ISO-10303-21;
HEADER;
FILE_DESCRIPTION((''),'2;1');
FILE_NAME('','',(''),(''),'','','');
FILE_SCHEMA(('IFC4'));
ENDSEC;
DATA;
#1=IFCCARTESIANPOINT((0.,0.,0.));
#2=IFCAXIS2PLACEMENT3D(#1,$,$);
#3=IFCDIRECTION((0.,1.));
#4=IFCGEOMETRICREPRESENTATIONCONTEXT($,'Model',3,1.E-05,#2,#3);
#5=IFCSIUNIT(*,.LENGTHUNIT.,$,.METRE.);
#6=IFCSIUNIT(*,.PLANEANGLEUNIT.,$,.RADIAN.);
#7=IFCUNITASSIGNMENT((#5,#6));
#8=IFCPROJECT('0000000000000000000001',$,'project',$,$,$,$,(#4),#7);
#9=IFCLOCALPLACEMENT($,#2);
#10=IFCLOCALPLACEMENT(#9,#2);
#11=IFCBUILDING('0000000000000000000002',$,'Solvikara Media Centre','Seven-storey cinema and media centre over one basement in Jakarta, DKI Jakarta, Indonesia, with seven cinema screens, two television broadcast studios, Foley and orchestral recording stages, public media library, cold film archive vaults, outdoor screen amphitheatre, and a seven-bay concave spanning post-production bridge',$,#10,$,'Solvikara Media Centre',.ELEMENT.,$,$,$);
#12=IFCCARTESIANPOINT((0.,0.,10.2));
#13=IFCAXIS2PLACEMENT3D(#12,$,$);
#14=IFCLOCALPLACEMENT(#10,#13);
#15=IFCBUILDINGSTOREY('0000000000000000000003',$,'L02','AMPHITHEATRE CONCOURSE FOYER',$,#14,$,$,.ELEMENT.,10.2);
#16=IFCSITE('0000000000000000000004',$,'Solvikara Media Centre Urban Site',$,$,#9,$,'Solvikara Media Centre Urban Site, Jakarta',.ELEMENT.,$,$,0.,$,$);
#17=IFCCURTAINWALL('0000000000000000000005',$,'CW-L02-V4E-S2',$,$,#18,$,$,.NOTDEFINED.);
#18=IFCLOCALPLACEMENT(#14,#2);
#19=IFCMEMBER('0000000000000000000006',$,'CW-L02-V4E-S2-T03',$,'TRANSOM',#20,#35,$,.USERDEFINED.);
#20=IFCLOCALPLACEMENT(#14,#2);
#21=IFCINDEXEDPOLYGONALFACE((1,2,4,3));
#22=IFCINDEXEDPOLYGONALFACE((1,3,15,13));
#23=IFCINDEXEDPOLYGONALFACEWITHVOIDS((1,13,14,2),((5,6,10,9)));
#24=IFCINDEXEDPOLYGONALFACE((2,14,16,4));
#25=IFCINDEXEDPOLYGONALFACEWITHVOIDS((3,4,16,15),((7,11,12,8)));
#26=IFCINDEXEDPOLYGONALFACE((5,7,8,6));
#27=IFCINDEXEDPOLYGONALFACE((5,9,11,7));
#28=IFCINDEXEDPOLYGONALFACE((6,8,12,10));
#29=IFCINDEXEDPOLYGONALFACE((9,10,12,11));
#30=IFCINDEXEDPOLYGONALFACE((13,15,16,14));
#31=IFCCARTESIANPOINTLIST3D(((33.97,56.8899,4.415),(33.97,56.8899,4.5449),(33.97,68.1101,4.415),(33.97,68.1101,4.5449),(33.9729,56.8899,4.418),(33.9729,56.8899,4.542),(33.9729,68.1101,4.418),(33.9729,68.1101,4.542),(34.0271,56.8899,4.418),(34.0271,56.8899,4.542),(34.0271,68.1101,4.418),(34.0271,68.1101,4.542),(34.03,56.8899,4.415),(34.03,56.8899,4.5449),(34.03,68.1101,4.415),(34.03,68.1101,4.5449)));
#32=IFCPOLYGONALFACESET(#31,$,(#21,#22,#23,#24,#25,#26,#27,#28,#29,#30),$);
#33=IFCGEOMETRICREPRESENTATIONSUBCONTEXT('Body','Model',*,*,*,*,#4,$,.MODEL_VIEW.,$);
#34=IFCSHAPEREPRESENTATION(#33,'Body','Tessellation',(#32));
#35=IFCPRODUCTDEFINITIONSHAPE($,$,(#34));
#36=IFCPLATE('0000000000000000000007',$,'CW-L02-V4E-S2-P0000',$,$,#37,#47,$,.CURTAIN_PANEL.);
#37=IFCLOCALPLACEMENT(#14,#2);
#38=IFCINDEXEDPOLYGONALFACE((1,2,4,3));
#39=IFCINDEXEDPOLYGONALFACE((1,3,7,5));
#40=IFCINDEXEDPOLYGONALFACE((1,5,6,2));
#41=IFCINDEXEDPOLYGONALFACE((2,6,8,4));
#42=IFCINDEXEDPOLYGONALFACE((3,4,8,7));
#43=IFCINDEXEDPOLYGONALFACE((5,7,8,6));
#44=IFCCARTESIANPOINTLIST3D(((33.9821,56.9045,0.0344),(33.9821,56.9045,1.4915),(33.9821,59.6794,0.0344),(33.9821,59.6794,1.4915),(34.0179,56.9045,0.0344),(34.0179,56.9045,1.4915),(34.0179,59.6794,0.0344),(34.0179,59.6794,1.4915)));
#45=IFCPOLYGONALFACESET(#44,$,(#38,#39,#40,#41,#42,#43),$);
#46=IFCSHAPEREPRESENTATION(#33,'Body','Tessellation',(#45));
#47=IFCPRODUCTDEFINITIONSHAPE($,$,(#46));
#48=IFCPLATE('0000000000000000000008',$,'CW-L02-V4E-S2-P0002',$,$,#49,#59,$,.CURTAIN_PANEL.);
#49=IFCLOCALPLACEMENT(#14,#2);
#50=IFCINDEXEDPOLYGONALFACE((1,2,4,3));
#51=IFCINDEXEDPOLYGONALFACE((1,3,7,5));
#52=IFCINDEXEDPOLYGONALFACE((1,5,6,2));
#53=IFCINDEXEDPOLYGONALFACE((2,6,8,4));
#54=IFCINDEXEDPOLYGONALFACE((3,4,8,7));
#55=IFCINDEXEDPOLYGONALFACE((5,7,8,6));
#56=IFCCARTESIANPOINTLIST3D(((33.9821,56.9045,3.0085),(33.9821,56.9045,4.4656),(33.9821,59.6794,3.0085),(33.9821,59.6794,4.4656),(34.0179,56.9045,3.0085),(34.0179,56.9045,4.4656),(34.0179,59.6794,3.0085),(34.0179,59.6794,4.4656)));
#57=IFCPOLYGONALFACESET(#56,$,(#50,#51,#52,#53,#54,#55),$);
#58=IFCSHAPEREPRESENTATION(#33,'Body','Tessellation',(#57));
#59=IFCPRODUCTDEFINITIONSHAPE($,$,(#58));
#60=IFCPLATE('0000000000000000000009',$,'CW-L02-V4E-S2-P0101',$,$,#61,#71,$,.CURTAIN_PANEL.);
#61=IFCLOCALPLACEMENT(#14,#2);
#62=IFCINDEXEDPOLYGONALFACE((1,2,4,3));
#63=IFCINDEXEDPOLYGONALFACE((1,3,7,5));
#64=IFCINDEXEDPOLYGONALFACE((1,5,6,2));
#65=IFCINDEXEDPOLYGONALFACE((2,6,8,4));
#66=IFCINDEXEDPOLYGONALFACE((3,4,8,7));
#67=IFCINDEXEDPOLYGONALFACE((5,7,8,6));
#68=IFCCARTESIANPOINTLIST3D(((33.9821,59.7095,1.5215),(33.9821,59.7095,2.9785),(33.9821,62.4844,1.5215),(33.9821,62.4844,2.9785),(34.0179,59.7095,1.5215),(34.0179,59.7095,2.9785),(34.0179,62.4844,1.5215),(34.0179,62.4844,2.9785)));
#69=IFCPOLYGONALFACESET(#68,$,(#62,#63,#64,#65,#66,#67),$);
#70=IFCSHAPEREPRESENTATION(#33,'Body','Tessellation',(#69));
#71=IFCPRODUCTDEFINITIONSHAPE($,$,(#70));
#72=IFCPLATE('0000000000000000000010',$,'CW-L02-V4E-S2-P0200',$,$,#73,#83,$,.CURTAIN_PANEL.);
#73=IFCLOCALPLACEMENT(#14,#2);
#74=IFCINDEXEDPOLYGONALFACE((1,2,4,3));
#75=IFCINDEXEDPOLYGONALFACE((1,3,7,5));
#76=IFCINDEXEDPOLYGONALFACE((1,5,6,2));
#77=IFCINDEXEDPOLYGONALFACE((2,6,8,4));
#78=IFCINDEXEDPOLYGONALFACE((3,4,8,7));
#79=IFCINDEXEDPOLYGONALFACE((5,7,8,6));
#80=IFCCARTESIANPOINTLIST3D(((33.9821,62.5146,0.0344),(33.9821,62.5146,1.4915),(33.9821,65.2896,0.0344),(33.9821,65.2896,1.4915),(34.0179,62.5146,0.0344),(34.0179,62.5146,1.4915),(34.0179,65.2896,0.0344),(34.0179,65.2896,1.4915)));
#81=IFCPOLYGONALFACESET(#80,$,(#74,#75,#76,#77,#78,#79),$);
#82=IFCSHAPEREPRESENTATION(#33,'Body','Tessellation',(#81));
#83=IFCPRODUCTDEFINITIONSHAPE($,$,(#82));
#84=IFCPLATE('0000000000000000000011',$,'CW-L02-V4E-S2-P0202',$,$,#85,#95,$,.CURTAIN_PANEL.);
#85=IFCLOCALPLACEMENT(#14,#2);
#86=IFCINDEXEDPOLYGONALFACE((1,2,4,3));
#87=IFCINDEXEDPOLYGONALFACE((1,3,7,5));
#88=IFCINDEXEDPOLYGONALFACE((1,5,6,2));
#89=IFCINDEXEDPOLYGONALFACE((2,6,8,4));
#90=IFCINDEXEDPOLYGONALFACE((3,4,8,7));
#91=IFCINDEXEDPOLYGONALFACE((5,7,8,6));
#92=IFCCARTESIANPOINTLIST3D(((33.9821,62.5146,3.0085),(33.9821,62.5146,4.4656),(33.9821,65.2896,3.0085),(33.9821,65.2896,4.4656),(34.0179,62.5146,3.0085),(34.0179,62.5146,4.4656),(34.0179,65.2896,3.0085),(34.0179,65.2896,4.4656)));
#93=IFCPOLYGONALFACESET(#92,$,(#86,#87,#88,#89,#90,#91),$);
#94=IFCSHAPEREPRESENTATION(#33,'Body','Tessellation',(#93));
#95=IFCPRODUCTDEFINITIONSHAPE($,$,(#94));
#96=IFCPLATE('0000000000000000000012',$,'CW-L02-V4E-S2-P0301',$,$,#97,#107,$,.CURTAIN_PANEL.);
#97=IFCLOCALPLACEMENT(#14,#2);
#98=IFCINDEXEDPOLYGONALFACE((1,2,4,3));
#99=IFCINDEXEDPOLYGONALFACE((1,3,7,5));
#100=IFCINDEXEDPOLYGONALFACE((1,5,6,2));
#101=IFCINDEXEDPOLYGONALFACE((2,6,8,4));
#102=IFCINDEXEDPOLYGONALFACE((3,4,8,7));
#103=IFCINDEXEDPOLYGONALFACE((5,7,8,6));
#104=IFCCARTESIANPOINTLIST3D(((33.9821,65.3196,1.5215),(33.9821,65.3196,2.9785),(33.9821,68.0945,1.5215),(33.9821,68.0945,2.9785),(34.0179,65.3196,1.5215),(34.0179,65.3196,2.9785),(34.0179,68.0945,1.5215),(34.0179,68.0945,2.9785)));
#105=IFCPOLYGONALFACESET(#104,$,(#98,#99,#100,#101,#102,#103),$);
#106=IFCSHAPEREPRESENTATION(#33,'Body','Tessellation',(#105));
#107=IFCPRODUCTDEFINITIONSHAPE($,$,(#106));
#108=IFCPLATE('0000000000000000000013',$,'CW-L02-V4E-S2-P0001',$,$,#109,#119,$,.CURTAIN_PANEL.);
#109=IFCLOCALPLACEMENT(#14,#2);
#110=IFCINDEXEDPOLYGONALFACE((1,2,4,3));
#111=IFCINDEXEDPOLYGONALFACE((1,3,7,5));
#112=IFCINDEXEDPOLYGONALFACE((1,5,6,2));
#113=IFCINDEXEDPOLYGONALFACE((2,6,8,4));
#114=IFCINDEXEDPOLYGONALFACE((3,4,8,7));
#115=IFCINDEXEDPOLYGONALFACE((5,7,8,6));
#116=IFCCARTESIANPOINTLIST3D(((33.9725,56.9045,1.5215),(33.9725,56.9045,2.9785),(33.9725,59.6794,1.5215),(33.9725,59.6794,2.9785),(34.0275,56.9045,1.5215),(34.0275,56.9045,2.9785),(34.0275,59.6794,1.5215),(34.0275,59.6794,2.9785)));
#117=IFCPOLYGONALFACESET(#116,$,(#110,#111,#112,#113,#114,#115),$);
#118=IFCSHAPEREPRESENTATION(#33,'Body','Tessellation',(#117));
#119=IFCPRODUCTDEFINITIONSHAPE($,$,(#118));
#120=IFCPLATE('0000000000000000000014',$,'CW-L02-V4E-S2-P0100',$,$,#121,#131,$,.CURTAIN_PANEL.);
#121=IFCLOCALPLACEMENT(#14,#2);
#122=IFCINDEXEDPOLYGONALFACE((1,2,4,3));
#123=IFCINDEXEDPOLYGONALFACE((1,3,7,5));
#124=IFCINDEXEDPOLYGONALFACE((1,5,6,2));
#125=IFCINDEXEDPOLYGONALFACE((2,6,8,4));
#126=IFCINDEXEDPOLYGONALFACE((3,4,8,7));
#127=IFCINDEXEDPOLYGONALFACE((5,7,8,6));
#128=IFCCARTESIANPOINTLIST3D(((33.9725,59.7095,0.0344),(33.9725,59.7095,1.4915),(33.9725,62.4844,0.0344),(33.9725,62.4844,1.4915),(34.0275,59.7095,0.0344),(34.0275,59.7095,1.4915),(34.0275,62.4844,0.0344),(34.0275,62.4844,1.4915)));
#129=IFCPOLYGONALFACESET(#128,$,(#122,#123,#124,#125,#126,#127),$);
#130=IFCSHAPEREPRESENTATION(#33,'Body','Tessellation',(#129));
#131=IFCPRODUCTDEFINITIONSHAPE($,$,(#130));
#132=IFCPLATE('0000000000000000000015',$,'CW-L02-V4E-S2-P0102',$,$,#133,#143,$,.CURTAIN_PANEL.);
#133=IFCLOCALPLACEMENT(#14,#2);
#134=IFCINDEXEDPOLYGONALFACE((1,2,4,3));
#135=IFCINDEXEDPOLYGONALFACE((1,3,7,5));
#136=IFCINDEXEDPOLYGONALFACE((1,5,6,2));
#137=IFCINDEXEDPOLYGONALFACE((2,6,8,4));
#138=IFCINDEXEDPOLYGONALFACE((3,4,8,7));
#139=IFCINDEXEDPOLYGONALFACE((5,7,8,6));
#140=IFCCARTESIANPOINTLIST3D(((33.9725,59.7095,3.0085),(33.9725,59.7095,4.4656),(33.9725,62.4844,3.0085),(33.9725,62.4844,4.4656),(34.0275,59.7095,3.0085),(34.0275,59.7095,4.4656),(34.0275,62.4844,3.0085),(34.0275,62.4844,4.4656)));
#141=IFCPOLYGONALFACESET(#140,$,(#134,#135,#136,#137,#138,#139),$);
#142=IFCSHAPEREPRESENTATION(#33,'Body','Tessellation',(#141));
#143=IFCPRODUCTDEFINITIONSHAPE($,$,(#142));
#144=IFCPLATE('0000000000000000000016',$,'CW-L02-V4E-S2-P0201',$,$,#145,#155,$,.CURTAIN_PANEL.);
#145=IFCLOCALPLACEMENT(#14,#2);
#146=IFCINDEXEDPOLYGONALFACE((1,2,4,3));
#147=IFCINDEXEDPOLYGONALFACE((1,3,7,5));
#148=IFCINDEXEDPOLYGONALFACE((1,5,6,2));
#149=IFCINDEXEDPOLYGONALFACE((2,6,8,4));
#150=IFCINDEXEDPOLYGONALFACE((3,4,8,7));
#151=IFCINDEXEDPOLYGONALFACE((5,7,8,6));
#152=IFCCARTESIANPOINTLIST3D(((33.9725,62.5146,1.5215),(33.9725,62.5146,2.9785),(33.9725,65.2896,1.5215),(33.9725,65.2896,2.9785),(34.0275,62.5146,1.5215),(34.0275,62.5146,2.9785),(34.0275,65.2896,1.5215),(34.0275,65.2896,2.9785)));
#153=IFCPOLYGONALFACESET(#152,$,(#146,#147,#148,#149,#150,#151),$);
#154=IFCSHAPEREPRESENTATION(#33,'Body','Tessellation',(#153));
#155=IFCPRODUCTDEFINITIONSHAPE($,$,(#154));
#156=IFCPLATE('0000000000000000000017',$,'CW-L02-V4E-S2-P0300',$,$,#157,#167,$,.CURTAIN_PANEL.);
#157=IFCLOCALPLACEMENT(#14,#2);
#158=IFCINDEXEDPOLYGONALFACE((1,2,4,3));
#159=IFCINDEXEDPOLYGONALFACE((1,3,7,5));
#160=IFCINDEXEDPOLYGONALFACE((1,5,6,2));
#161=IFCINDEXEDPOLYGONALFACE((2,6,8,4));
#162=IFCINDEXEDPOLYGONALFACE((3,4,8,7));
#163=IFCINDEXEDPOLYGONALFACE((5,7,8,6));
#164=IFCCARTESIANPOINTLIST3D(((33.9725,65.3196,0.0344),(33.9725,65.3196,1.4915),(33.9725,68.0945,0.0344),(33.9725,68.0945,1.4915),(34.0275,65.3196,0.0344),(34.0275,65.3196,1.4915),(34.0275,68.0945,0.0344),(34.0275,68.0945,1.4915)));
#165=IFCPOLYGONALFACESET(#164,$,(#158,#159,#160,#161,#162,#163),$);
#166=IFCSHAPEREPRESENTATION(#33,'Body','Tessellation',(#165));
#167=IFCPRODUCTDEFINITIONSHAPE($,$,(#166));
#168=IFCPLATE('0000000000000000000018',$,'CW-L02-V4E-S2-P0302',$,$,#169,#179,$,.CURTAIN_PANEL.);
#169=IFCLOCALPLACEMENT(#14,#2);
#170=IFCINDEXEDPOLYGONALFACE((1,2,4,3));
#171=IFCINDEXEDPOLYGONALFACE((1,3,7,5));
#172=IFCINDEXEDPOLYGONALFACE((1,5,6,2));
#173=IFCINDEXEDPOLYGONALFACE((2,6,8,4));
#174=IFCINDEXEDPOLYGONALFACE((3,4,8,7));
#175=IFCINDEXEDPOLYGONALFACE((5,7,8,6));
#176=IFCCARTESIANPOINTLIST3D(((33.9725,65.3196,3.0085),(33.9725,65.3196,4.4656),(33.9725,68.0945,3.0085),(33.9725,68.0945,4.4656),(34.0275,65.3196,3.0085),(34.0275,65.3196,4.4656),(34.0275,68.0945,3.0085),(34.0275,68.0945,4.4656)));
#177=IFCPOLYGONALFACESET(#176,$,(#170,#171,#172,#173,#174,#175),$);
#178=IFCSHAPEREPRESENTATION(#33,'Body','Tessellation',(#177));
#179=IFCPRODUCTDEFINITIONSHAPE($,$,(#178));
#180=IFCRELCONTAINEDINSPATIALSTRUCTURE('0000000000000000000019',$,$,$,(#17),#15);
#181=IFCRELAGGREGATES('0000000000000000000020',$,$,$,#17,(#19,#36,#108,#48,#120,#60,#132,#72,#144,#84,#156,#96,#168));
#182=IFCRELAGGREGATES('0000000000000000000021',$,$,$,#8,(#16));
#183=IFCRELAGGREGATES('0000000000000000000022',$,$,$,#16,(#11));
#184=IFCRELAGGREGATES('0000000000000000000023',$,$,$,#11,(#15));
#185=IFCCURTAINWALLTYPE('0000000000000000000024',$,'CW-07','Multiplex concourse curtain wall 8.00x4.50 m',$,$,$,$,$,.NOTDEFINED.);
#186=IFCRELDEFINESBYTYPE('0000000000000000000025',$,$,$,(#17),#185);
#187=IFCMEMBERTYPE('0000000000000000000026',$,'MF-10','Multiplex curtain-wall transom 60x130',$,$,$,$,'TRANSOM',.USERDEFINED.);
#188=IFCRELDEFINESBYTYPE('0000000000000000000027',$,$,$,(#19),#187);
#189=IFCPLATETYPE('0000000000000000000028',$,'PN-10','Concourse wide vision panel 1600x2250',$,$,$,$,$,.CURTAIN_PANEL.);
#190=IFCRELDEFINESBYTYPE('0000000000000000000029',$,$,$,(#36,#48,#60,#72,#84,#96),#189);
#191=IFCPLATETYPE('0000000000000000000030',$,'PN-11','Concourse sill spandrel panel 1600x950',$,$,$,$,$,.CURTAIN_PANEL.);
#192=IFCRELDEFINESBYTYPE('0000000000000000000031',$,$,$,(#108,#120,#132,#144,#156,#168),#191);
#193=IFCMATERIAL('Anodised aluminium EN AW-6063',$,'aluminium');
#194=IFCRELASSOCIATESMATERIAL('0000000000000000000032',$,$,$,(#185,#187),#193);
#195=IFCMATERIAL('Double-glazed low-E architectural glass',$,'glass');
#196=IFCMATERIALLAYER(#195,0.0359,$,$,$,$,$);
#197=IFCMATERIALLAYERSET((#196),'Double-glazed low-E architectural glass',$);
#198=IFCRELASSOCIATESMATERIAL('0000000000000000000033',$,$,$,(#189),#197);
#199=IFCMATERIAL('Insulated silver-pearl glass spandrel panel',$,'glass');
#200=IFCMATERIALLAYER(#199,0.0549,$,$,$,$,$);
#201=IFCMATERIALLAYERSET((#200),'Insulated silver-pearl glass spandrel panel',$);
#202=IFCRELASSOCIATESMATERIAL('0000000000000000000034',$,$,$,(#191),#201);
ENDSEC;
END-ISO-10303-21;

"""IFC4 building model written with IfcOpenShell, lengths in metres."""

from ifc_helpers import new_model, si_unit, direction, frame, origin, origin_2d, place, context, subcontext, project, spatial, rectangle, hollow_rectangle, extrude, material, layer, layer_set, material_profile, profile_set, type_object, element, aggregate, save


model = new_model("IFC4")

# Units and contexts
model_context = context("Model", 3, precision=1e-05, world=origin(), true_north=direction((0.0, 1.0)))
body_context = subcontext(model_context, "Body", "Model", "MODEL_VIEW")
ifc_project = project(units=[si_unit("LENGTHUNIT", "METRE"), si_unit("PLANEANGLEUNIT", "RADIAN")], contexts=[model_context])

# Site, building, storey
site_placement = place(None, origin())
site = spatial("IfcSite", under=ifc_project, at=site_placement, Name="Solvikara Media Centre Urban Site", LongName="Solvikara Media Centre Urban Site, Jakarta", CompositionType="ELEMENT", RefElevation=0.0)
building_placement = place(site_placement, origin())
building = spatial("IfcBuilding", under=site, at=building_placement, Name="Solvikara Media Centre", Description="Seven-storey cinema and media centre over one basement in Jakarta, DKI Jakarta, Indonesia, with seven cinema screens, two television broadcast studios, Foley and orchestral recording stages, public media library, cold film archive vaults, outdoor screen amphitheatre, and a seven-bay concave spanning post-production bridge", LongName="Solvikara Media Centre", CompositionType="ELEMENT")
storey_placement = place(building_placement, frame((0.0, 0.0, 10.2)))
storey = spatial("IfcBuildingStorey", under=building, at=storey_placement, Name="L02", Description="AMPHITHEATRE CONCOURSE FOYER", CompositionType="ELEMENT", Elevation=10.2)

# Curtain wall, member, plates
ifc_material_1 = material(Name="Anodised aluminium EN AW-6063", Category="aluminium")
curtain_wall_type = type_object("IfcCurtainWallType", Name="CW-07", Description="Multiplex concourse curtain wall 8.00x4.50 m", PredefinedType="NOTDEFINED", material=ifc_material_1)
curtain_wall_placement = place(storey_placement, origin())
curtain_wall = element("IfcCurtainWall", 1, at=curtain_wall_placement, inside=storey, type_object=curtain_wall_type, Name="CW-L02-V4E-S2", PredefinedType="NOTDEFINED")
ifc_material_profile_1 = material_profile(ifc_material_1, hollow_rectangle(XDim=0.0601, YDim=0.1299, WallThickness=0.0029, at=origin_2d()), Name="ALU-T 60x130x3")
ifc_profile_set_1 = profile_set([ifc_material_profile_1], Name="Anodised aluminium EN AW-6063")
member_type_1 = type_object("IfcMemberType", Name="MF-10", Description="Multiplex curtain-wall transom 60x130", ElementType="TRANSOM", PredefinedType="USERDEFINED", material=ifc_profile_set_1)
member_1_placement = place(storey_placement, frame((34.0, 56.8899, 4.48), z_axis=(0.0, 1.0, 0.0), x_axis=(-1.0, 0.0, 0.0)))
member_1 = element("IfcMember", 2, at=member_1_placement, type_object=member_type_1, Name="CW-L02-V4E-S2-T03", ObjectType="TRANSOM", PredefinedType="USERDEFINED", context=body_context, shape_type="SweptSolid", body=[
    extrude(hollow_rectangle(XDim=0.0601, YDim=0.1299, WallThickness=0.0029, at=origin_2d()), origin(), (0.0, 0.0, 1.0), 11.2202),
])
ifc_material_2 = material(Name="Double-glazed low-E architectural glass", Category="glass")
ifc_layer_1 = layer(ifc_material_2, 0.0359)
ifc_layer_set_1 = layer_set([ifc_layer_1], Name="Double-glazed low-E architectural glass")
plate_type_1 = type_object("IfcPlateType", Name="PN-10", Description="Concourse wide vision panel 1600x2250", PredefinedType="CURTAIN_PANEL", material=ifc_layer_set_1)
plate_1_placement = place(storey_placement, frame((34.0, 58.292, 0.0344), z_axis=(0.0, 0.0, 1.0), x_axis=(0.0, 1.0, 0.0)))
plate_1 = element("IfcPlate", 3, at=plate_1_placement, type_object=plate_type_1, Name="CW-L02-V4E-S2-P0000", PredefinedType="CURTAIN_PANEL", context=body_context, shape_type="SweptSolid", body=[
    extrude(rectangle(XDim=2.7749, YDim=0.0359, at=origin_2d()), origin(), (0.0, 0.0, 1.0), 1.457),
])
plate_2_placement = place(storey_placement, frame((34.0, 58.292, 3.0085), z_axis=(0.0, 0.0, 1.0), x_axis=(0.0, 1.0, 0.0)))
plate_2 = element("IfcPlate", 4, at=plate_2_placement, type_object=plate_type_1, Name="CW-L02-V4E-S2-P0002", PredefinedType="CURTAIN_PANEL", context=body_context, shape_type="SweptSolid", body=[
    extrude(rectangle(XDim=2.7749, YDim=0.0359, at=origin_2d()), origin(), (0.0, 0.0, 1.0), 1.457),
])
plate_3_placement = place(storey_placement, frame((34.0, 61.0969, 1.5215), z_axis=(0.0, 0.0, 1.0), x_axis=(0.0, 1.0, 0.0)))
plate_3 = element("IfcPlate", 5, at=plate_3_placement, type_object=plate_type_1, Name="CW-L02-V4E-S2-P0101", PredefinedType="CURTAIN_PANEL", context=body_context, shape_type="SweptSolid", body=[
    extrude(rectangle(XDim=2.7749, YDim=0.0359, at=origin_2d()), origin(), (0.0, 0.0, 1.0), 1.457),
])
plate_4_placement = place(storey_placement, frame((34.0, 63.9021, 0.0344), z_axis=(0.0, 0.0, 1.0), x_axis=(0.0, 1.0, 0.0)))
plate_4 = element("IfcPlate", 6, at=plate_4_placement, type_object=plate_type_1, Name="CW-L02-V4E-S2-P0200", PredefinedType="CURTAIN_PANEL", context=body_context, shape_type="SweptSolid", body=[
    extrude(rectangle(XDim=2.7749, YDim=0.0359, at=origin_2d()), origin(), (0.0, 0.0, 1.0), 1.457),
])
plate_5_placement = place(storey_placement, frame((34.0, 63.9021, 3.0085), z_axis=(0.0, 0.0, 1.0), x_axis=(0.0, 1.0, 0.0)))
plate_5 = element("IfcPlate", 7, at=plate_5_placement, type_object=plate_type_1, Name="CW-L02-V4E-S2-P0202", PredefinedType="CURTAIN_PANEL", context=body_context, shape_type="SweptSolid", body=[
    extrude(rectangle(XDim=2.7749, YDim=0.0359, at=origin_2d()), origin(), (0.0, 0.0, 1.0), 1.457),
])
plate_6_placement = place(storey_placement, frame((34.0, 66.707, 1.5215), z_axis=(0.0, 0.0, 1.0), x_axis=(0.0, 1.0, 0.0)))
plate_6 = element("IfcPlate", 8, at=plate_6_placement, type_object=plate_type_1, Name="CW-L02-V4E-S2-P0301", PredefinedType="CURTAIN_PANEL", context=body_context, shape_type="SweptSolid", body=[
    extrude(rectangle(XDim=2.7749, YDim=0.0359, at=origin_2d()), origin(), (0.0, 0.0, 1.0), 1.457),
])
ifc_material_3 = material(Name="Insulated silver-pearl glass spandrel panel", Category="glass")
ifc_layer_2 = layer(ifc_material_3, 0.0549)
ifc_layer_set_2 = layer_set([ifc_layer_2], Name="Insulated silver-pearl glass spandrel panel")
plate_type_2 = type_object("IfcPlateType", Name="PN-11", Description="Concourse sill spandrel panel 1600x950", PredefinedType="CURTAIN_PANEL", material=ifc_layer_set_2)
plate_7_placement = place(storey_placement, frame((34.0, 58.292, 1.5215), z_axis=(0.0, 0.0, 1.0), x_axis=(0.0, 1.0, 0.0)))
plate_7 = element("IfcPlate", 9, at=plate_7_placement, type_object=plate_type_2, Name="CW-L02-V4E-S2-P0001", PredefinedType="CURTAIN_PANEL", context=body_context, shape_type="SweptSolid", body=[
    extrude(rectangle(XDim=2.7749, YDim=0.0549, at=origin_2d()), origin(), (0.0, 0.0, 1.0), 1.457),
])
plate_8_placement = place(storey_placement, frame((34.0, 61.0969, 0.0344), z_axis=(0.0, 0.0, 1.0), x_axis=(0.0, 1.0, 0.0)))
plate_8 = element("IfcPlate", 10, at=plate_8_placement, type_object=plate_type_2, Name="CW-L02-V4E-S2-P0100", PredefinedType="CURTAIN_PANEL", context=body_context, shape_type="SweptSolid", body=[
    extrude(rectangle(XDim=2.7749, YDim=0.0549, at=origin_2d()), origin(), (0.0, 0.0, 1.0), 1.457),
])
plate_9_placement = place(storey_placement, frame((34.0, 61.0969, 3.0085), z_axis=(0.0, 0.0, 1.0), x_axis=(0.0, 1.0, 0.0)))
plate_9 = element("IfcPlate", 11, at=plate_9_placement, type_object=plate_type_2, Name="CW-L02-V4E-S2-P0102", PredefinedType="CURTAIN_PANEL", context=body_context, shape_type="SweptSolid", body=[
    extrude(rectangle(XDim=2.7749, YDim=0.0549, at=origin_2d()), origin(), (0.0, 0.0, 1.0), 1.457),
])
plate_10_placement = place(storey_placement, frame((34.0, 63.9021, 1.5215), z_axis=(0.0, 0.0, 1.0), x_axis=(0.0, 1.0, 0.0)))
plate_10 = element("IfcPlate", 12, at=plate_10_placement, type_object=plate_type_2, Name="CW-L02-V4E-S2-P0201", PredefinedType="CURTAIN_PANEL", context=body_context, shape_type="SweptSolid", body=[
    extrude(rectangle(XDim=2.7749, YDim=0.0549, at=origin_2d()), origin(), (0.0, 0.0, 1.0), 1.457),
])
plate_11_placement = place(storey_placement, frame((34.0, 66.707, 0.0344), z_axis=(0.0, 0.0, 1.0), x_axis=(0.0, 1.0, 0.0)))
plate_11 = element("IfcPlate", 13, at=plate_11_placement, type_object=plate_type_2, Name="CW-L02-V4E-S2-P0300", PredefinedType="CURTAIN_PANEL", context=body_context, shape_type="SweptSolid", body=[
    extrude(rectangle(XDim=2.7749, YDim=0.0549, at=origin_2d()), origin(), (0.0, 0.0, 1.0), 1.457),
])
plate_12_placement = place(storey_placement, frame((34.0, 66.707, 3.0085), z_axis=(0.0, 0.0, 1.0), x_axis=(0.0, 1.0, 0.0)))
plate_12 = element("IfcPlate", 14, at=plate_12_placement, type_object=plate_type_2, Name="CW-L02-V4E-S2-P0302", PredefinedType="CURTAIN_PANEL", context=body_context, shape_type="SweptSolid", body=[
    extrude(rectangle(XDim=2.7749, YDim=0.0549, at=origin_2d()), origin(), (0.0, 0.0, 1.0), 1.457),
])
aggregate(curtain_wall, [member_1, plate_1, plate_7, plate_2, plate_8, plate_3, plate_9, plate_4, plate_10, plate_5, plate_11, plate_6, plate_12])

save(model, "model.ifc")
